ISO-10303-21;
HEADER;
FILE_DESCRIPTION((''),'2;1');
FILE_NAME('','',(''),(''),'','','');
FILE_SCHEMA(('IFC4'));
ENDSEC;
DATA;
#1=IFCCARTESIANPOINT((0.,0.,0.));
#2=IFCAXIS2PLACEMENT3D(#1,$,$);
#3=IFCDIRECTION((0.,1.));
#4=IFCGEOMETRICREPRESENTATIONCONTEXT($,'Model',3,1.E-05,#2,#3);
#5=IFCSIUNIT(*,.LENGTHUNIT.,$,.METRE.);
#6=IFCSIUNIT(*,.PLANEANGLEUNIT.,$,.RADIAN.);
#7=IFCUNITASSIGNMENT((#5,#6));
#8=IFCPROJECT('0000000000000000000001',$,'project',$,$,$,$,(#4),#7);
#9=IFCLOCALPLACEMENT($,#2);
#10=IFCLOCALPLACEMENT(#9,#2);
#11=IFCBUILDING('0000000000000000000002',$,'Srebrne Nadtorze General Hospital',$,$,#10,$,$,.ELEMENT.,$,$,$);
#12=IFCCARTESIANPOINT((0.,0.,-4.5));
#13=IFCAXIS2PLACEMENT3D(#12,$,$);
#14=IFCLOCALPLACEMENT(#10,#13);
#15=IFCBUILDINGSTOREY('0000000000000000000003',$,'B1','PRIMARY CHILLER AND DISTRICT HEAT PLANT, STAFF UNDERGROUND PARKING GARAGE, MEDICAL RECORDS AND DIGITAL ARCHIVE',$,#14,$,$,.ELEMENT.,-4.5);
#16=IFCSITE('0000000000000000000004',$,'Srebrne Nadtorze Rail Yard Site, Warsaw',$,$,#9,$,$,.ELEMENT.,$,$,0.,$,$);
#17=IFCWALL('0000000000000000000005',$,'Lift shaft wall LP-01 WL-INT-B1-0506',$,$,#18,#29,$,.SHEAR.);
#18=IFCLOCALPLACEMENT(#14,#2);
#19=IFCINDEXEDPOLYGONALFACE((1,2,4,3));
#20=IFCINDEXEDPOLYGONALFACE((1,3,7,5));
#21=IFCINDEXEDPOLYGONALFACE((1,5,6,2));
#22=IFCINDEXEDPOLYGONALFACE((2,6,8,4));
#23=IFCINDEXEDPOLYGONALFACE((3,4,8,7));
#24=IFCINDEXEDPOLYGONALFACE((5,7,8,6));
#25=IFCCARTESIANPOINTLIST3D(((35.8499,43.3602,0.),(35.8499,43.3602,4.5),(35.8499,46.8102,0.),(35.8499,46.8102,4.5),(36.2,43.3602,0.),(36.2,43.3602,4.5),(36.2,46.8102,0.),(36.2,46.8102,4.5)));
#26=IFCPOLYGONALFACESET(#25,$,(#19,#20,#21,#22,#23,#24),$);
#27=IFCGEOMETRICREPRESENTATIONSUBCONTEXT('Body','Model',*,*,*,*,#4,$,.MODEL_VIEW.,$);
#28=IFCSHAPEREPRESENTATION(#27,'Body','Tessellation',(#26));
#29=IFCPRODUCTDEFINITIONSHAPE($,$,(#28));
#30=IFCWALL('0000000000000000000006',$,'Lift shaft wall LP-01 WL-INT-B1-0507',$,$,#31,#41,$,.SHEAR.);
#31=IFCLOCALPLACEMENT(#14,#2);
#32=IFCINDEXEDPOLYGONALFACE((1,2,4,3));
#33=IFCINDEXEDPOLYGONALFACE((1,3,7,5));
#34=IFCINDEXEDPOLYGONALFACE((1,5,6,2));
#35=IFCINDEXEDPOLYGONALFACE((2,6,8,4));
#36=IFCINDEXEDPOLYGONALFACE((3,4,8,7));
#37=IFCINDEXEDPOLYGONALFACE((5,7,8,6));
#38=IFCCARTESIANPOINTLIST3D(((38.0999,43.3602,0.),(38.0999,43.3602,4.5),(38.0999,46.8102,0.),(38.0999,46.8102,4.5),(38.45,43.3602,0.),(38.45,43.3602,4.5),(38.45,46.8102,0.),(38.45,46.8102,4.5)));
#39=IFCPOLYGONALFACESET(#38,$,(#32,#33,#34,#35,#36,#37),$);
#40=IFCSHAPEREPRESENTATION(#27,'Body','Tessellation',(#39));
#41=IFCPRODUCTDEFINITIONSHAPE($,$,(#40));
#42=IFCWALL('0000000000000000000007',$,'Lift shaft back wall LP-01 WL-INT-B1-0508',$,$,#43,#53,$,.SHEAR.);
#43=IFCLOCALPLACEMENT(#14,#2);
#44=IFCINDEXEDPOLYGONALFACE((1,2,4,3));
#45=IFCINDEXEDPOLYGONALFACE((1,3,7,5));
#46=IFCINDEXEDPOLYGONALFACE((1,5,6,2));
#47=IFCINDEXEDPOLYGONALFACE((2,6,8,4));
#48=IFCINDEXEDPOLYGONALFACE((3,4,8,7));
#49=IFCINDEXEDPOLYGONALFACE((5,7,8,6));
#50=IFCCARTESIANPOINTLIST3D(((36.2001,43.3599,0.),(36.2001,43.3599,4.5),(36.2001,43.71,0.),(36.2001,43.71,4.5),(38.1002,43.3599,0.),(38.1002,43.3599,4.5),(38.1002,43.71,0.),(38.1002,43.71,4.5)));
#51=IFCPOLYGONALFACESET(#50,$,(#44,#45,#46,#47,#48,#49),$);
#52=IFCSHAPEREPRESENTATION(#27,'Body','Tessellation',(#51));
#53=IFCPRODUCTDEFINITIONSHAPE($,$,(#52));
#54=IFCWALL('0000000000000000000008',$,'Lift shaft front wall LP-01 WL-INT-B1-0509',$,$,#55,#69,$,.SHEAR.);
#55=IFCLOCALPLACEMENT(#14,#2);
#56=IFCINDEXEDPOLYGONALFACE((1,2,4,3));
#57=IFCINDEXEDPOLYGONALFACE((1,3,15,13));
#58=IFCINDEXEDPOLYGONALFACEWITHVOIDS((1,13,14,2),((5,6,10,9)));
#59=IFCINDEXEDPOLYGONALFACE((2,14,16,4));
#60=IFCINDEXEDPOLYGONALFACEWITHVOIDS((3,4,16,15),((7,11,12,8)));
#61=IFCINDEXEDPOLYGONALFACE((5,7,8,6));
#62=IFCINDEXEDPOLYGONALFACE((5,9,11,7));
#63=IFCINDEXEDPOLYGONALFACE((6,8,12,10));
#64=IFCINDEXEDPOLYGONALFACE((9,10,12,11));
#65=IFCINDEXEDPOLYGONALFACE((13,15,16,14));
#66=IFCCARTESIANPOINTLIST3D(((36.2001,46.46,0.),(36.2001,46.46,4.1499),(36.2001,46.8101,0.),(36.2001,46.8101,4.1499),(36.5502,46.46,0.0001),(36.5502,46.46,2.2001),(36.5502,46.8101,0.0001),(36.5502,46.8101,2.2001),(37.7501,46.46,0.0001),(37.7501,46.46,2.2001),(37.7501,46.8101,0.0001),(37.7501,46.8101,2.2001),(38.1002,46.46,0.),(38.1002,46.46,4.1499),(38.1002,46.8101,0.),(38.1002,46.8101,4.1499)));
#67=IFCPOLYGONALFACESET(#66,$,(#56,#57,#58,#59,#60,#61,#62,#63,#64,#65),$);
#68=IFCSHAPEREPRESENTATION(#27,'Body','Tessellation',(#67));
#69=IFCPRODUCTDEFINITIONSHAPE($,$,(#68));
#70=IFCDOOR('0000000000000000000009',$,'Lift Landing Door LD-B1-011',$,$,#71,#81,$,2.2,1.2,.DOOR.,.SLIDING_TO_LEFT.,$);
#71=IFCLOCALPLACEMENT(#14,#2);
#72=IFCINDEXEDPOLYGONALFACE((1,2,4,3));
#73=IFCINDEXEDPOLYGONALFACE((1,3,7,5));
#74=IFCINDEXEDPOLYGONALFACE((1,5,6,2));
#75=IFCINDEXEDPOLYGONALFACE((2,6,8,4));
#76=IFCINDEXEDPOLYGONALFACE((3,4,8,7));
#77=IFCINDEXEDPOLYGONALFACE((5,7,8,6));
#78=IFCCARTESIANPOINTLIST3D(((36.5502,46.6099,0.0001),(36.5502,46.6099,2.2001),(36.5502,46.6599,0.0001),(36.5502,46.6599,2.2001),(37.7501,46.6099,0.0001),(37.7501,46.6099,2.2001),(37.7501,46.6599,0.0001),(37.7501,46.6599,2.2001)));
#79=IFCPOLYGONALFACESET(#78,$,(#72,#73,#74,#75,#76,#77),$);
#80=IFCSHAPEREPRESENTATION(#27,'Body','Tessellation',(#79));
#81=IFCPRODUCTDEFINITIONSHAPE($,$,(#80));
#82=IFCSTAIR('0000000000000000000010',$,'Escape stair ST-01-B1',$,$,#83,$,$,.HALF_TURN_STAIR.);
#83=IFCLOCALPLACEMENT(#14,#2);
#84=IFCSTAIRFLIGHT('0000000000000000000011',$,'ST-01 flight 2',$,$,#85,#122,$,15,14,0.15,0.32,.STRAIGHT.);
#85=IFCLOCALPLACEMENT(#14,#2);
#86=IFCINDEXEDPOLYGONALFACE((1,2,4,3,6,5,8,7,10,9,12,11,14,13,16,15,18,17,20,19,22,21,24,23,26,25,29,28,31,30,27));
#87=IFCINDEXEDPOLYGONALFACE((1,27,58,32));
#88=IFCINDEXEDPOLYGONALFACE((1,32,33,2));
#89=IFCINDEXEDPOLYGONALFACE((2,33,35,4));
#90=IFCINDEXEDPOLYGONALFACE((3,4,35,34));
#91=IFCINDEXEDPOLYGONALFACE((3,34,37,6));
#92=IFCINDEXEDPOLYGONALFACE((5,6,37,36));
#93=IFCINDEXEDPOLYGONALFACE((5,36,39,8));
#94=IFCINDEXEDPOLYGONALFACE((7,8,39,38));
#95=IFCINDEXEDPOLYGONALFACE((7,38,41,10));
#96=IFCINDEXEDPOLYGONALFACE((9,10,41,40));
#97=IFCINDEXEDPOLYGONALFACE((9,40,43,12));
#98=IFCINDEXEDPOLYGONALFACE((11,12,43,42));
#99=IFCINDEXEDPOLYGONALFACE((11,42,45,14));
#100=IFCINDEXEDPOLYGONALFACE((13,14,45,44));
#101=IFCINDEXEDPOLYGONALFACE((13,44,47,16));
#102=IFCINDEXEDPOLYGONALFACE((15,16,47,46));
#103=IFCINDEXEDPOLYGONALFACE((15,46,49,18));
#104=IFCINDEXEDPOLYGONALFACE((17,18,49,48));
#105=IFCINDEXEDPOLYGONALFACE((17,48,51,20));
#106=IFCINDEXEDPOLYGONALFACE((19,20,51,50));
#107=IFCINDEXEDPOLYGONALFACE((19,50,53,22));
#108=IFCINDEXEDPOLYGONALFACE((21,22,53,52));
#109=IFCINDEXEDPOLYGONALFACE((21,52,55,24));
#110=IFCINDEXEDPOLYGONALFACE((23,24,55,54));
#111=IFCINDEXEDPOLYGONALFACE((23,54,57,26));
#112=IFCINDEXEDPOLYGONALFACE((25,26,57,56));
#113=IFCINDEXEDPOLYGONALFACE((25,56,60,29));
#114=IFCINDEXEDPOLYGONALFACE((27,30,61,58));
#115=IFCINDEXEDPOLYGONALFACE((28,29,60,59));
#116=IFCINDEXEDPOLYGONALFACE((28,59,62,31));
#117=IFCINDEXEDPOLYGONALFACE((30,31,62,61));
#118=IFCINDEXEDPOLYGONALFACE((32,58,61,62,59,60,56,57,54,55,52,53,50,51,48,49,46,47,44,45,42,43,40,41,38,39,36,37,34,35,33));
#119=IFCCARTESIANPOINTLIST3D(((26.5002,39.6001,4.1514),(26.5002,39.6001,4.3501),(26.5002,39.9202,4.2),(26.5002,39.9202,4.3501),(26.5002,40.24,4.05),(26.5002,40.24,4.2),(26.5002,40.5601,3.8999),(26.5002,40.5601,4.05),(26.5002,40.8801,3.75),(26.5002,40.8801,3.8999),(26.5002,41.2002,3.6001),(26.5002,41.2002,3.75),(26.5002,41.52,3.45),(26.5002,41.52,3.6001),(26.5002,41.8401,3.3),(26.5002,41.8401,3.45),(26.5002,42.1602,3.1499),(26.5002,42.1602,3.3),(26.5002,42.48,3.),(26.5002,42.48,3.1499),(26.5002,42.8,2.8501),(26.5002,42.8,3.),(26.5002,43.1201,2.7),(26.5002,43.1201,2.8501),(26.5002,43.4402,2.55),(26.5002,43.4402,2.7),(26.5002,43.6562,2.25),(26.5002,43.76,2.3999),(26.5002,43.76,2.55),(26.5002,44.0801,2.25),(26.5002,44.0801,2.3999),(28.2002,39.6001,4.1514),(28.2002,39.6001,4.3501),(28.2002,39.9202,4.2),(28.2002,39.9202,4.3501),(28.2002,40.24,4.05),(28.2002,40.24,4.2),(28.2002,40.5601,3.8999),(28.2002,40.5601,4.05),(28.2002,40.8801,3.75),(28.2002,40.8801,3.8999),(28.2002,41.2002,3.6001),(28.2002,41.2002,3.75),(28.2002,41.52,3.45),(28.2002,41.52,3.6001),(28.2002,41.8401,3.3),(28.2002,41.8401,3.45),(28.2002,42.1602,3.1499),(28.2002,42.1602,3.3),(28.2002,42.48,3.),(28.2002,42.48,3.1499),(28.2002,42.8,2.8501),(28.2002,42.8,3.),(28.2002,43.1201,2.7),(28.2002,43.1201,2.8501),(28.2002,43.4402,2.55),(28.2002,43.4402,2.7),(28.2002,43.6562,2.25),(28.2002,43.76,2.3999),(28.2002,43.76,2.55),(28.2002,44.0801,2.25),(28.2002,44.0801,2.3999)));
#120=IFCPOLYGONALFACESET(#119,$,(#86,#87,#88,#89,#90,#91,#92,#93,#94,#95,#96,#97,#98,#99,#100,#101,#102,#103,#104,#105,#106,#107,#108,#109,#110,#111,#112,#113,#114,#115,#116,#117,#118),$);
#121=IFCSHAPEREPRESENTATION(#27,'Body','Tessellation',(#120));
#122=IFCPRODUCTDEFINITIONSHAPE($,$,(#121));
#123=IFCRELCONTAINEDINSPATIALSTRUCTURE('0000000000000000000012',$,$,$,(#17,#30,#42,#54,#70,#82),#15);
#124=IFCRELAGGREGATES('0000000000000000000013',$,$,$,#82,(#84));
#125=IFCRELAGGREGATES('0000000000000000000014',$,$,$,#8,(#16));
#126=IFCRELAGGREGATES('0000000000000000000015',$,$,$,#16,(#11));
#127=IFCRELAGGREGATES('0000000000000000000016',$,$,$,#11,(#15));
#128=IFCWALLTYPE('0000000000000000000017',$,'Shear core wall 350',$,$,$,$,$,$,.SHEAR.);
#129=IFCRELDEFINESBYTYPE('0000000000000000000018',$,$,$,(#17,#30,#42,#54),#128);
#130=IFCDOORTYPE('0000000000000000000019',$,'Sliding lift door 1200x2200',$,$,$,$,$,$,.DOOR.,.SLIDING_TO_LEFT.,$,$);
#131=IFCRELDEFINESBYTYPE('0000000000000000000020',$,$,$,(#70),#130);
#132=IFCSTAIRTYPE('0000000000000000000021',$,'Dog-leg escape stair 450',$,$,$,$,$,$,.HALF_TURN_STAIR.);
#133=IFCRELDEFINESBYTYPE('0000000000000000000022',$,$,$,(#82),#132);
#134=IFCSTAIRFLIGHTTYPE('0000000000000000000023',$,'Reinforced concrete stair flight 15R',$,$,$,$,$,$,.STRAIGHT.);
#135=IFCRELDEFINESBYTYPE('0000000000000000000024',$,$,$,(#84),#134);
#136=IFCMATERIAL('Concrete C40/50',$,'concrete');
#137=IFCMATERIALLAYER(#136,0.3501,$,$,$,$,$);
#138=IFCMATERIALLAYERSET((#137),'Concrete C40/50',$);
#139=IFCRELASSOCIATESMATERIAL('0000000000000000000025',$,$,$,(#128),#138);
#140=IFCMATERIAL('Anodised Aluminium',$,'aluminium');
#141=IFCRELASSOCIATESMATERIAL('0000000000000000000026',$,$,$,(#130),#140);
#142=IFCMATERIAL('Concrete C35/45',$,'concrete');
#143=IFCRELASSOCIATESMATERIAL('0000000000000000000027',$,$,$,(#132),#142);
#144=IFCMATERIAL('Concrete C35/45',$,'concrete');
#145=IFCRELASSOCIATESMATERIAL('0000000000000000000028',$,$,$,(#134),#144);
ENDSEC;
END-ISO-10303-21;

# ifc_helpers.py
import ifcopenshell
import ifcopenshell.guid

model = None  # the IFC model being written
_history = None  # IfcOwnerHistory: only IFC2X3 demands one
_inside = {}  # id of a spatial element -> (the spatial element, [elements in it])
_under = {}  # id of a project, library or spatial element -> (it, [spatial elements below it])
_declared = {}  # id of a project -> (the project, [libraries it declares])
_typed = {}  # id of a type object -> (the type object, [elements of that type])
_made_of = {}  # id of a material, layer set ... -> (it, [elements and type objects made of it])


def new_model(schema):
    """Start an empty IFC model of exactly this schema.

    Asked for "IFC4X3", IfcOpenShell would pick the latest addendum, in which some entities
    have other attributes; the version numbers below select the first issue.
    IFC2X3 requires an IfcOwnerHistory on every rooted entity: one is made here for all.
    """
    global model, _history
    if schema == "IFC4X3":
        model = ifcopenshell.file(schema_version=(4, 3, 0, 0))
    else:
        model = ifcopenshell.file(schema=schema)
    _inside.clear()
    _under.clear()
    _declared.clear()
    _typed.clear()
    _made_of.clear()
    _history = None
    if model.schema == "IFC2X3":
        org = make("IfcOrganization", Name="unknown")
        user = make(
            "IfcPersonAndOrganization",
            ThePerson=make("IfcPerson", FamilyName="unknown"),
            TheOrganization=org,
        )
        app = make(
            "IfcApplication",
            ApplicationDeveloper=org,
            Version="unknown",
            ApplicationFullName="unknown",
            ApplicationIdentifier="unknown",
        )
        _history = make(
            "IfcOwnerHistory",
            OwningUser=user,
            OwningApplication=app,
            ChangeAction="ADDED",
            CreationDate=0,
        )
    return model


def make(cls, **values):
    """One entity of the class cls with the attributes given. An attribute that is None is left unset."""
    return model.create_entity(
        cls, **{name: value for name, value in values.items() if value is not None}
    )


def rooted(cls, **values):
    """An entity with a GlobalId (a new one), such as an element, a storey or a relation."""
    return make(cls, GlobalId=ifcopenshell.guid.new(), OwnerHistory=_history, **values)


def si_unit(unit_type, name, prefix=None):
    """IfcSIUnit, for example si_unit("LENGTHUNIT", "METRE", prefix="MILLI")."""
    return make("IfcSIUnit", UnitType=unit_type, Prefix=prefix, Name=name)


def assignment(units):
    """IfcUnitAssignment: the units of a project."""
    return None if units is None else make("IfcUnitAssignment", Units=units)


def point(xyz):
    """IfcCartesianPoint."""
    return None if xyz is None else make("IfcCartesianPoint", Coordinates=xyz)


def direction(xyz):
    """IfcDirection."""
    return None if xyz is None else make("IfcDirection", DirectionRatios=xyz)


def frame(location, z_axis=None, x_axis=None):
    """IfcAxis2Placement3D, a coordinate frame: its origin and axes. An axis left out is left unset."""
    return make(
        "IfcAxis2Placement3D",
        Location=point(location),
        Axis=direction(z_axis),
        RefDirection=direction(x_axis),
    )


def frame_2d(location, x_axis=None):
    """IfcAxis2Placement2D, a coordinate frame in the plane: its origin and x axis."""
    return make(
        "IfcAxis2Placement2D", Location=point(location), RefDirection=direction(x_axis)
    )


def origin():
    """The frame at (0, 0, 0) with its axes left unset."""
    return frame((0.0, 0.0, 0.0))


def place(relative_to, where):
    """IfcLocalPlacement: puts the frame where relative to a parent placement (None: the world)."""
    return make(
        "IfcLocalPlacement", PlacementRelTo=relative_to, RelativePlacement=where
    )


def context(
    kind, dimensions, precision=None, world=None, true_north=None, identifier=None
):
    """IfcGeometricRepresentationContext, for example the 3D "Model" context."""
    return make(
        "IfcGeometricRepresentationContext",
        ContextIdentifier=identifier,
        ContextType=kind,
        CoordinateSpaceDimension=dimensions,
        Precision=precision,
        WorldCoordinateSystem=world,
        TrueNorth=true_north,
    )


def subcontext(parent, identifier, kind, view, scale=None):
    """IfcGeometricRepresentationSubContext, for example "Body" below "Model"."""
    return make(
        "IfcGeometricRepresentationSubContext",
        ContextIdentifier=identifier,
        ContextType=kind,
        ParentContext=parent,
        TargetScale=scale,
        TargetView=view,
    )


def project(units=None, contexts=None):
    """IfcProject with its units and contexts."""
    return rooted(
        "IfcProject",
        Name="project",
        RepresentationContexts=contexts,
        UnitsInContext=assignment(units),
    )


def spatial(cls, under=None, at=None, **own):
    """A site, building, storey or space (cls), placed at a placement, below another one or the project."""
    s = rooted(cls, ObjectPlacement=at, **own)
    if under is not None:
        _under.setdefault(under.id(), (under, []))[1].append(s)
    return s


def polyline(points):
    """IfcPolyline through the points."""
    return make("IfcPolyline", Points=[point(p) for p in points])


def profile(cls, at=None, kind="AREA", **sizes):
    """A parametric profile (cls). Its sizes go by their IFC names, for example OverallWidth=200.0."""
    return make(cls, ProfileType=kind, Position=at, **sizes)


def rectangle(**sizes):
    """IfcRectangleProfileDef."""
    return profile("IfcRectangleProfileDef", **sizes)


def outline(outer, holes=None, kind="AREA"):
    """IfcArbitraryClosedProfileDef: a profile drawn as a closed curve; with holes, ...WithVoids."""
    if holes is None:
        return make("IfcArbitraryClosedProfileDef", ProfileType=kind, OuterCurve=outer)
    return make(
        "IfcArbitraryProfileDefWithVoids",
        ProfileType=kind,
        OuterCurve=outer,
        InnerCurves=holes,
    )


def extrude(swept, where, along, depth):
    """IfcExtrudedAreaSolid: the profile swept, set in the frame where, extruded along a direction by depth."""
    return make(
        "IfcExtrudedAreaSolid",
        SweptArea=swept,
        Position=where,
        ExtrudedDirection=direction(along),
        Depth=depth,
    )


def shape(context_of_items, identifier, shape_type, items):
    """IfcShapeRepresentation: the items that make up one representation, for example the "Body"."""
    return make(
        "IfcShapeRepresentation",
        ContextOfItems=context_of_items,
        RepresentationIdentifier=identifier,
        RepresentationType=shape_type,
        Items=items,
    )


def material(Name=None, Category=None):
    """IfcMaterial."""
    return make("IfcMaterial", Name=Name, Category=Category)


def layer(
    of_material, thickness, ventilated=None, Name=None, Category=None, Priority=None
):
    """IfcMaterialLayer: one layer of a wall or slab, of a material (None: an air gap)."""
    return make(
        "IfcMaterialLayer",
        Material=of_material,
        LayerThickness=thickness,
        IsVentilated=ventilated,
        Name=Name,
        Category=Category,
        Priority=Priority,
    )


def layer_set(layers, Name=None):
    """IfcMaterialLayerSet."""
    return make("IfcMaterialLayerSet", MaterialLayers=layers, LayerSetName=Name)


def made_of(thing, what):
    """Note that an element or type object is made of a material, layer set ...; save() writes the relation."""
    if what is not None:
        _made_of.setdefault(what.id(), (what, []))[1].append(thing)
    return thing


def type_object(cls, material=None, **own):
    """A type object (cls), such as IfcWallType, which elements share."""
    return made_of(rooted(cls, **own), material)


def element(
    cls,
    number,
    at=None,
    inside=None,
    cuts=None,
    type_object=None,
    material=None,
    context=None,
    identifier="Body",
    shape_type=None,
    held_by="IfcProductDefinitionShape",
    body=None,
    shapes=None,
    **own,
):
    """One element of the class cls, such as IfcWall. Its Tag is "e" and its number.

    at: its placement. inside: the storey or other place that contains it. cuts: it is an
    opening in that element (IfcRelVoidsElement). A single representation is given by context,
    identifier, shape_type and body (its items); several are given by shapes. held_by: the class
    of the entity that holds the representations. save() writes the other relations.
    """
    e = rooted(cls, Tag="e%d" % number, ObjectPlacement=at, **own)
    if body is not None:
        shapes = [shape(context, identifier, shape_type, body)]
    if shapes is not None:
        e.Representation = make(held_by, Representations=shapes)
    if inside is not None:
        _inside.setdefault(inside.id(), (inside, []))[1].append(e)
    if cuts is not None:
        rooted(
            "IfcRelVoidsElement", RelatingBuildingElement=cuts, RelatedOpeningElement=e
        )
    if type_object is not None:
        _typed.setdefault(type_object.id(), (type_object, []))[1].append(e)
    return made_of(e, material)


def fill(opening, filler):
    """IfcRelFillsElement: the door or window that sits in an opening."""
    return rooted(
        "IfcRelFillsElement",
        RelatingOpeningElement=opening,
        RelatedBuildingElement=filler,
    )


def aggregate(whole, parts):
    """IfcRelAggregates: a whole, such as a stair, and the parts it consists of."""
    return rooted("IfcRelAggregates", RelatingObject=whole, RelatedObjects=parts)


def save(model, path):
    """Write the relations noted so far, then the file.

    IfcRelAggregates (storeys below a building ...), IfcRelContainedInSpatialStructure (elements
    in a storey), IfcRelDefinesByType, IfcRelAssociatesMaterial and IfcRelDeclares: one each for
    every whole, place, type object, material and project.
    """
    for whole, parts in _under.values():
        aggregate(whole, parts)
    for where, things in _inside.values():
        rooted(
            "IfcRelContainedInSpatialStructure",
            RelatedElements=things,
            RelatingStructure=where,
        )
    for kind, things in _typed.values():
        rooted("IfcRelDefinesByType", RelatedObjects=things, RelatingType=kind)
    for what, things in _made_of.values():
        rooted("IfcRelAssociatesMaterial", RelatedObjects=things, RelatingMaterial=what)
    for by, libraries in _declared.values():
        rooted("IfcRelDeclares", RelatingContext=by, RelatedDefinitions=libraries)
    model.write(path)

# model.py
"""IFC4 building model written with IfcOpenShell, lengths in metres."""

from ifc_helpers import new_model, si_unit, direction, frame, frame_2d, origin, place, context, subcontext, project, spatial, polyline, rectangle, outline, extrude, material, layer, layer_set, type_object, element, fill, aggregate, save


model = new_model("IFC4")

# Units and contexts
model_context = context("Model", 3, precision=1e-05, world=origin(), true_north=direction((0.0, 1.0)))
body_context = subcontext(model_context, "Body", "Model", "MODEL_VIEW")
ifc_project = project(units=[si_unit("LENGTHUNIT", "METRE"), si_unit("PLANEANGLEUNIT", "RADIAN")], contexts=[model_context])

# Site, building, storey
site_placement = place(None, origin())
site = spatial("IfcSite", under=ifc_project, at=site_placement, Name="Srebrne Nadtorze Rail Yard Site, Warsaw", CompositionType="ELEMENT", RefElevation=0.0)
building_placement = place(site_placement, origin())
building = spatial("IfcBuilding", under=site, at=building_placement, Name="Srebrne Nadtorze General Hospital", CompositionType="ELEMENT")
storey_placement = place(building_placement, frame((0.0, 0.0, -4.5)))
storey = spatial("IfcBuildingStorey", under=building, at=storey_placement, Name="B1", Description="PRIMARY CHILLER AND DISTRICT HEAT PLANT, STAFF UNDERGROUND PARKING GARAGE, MEDICAL RECORDS AND DIGITAL ARCHIVE", CompositionType="ELEMENT", Elevation=-4.5)

# Shared definitions
ifc_material_1 = material(Name="Concrete C40/50", Category="concrete")
ifc_layer_1 = layer(ifc_material_1, 0.3501)
ifc_layer_set_1 = layer_set([ifc_layer_1], Name="Concrete C40/50")
wall_type_1 = type_object("IfcWallType", Name="Shear core wall 350", PredefinedType="SHEAR", material=ifc_layer_set_1)

# Walls
for number, where, z_axis, x_axis, name in (
    (1, (36.0249, 43.3601, 0.0), (0.0, 0.0, 1.0), (0.0, 1.0, 0.0), "Lift shaft wall LP-01 WL-INT-B1-0506"),
    (2, (38.2749, 43.3601, 0.0), (0.0, 0.0, 1.0), (0.0, 1.0, 0.0), "Lift shaft wall LP-01 WL-INT-B1-0507"),
):
    element("IfcWall", number, at=place(storey_placement, frame(where, z_axis=z_axis, x_axis=x_axis)), inside=storey, type_object=wall_type_1, Name=name, PredefinedType="SHEAR", context=body_context, shape_type="SweptSolid", body=[
        extrude(rectangle(XDim=3.45, YDim=0.3501, at=frame_2d((1.7251, 0.0))), origin(), (0.0, 0.0, 1.0), 4.5),
    ])
wall_1_placement = place(storey_placement, frame((36.2, 43.5349, 0.0), z_axis=(0.0, 0.0, 1.0), x_axis=(1.0, 0.0, 0.0)))
element("IfcWall", 3, at=wall_1_placement, inside=storey, type_object=wall_type_1, Name="Lift shaft back wall LP-01 WL-INT-B1-0508", PredefinedType="SHEAR", context=body_context, shape_type="SweptSolid", body=[
    extrude(rectangle(XDim=1.9001, YDim=0.3501, at=frame_2d((0.9502, 0.0))), origin(), (0.0, 0.0, 1.0), 4.5),
])

# Wall, opening, door
wall_2_placement = place(storey_placement, frame((36.2, 46.635, 0.0), z_axis=(0.0, 0.0, 1.0), x_axis=(1.0, 0.0, 0.0)))
wall_2 = element("IfcWall", 4, at=wall_2_placement, inside=storey, type_object=wall_type_1, Name="Lift shaft front wall LP-01 WL-INT-B1-0509", PredefinedType="SHEAR", context=body_context, shape_type="SweptSolid", body=[
    extrude(rectangle(XDim=1.9001, YDim=0.3501, at=frame_2d((0.9502, 0.0))), origin(), (0.0, 0.0, 1.0), 4.1499),
])
opening_1_placement = place(wall_2_placement, frame((0.3501, 0.0, 0.0)))
opening_1 = element("IfcOpeningElement", 5, at=opening_1_placement, cuts=wall_2, PredefinedType="OPENING", context=body_context, shape_type="SweptSolid", body=[
    extrude(rectangle(XDim=1.2, YDim=2.2, at=frame_2d((0.6001, 1.1001))), frame((0.0, 0.187, 0.0), z_axis=(0.0, -1.0, 0.0), x_axis=(1.0, 0.0, 0.0)), (0.0, 0.0, 1.0), 0.374),
])
ifc_material_2 = material(Name="Anodised Aluminium", Category="aluminium")
door_type_1 = type_object("IfcDoorType", Name="Sliding lift door 1200x2200", OperationType="SLIDING_TO_LEFT", PredefinedType="DOOR", material=ifc_material_2)
door_1_placement = place(opening_1_placement, origin())
door_1 = element("IfcDoor", 6, at=door_1_placement, inside=storey, type_object=door_type_1, Name="Lift Landing Door LD-B1-011", OperationType="SLIDING_TO_LEFT", OverallHeight=2.2, OverallWidth=1.2, PredefinedType="DOOR", context=body_context, shape_type="SweptSolid", body=[
    extrude(rectangle(XDim=1.2, YDim=2.2, at=frame_2d((0.6001, 1.1001))), frame((0.0, 0.0249, 0.0), z_axis=(0.0, -1.0, 0.0), x_axis=(1.0, 0.0, 0.0)), (0.0, 0.0, 1.0), 0.05),
])
fill(opening_1, door_1)

# Stair, stair flight
ifc_material_3 = material(Name="Concrete C35/45", Category="concrete")
stair_type = type_object("IfcStairType", Name="Dog-leg escape stair 450", PredefinedType="HALF_TURN_STAIR", material=ifc_material_3)
stair_placement = place(storey_placement, origin())
stair = element("IfcStair", 7, at=stair_placement, inside=storey, type_object=stair_type, Name="Escape stair ST-01-B1", PredefinedType="HALF_TURN_STAIR")
ifc_material_4 = material(Name="Concrete C35/45", Category="concrete")
stair_flight_type = type_object("IfcStairFlightType", Name="Reinforced concrete stair flight 15R", PredefinedType="STRAIGHT", material=ifc_material_4)
stair_flight_placement = place(storey_placement, frame((27.3501, 44.0801, 2.25), z_axis=(0.0, 0.0, 1.0), x_axis=(0.0, -1.0, 0.0)))
stair_flight = element("IfcStairFlight", 8, at=stair_flight_placement, type_object=stair_flight_type, Name="ST-01 flight 2", NumberOfRisers=15, NumberOfTreads=14, PredefinedType="STRAIGHT", RiserHeight=0.15, TreadLength=0.32, context=body_context, shape_type="SweptSolid", body=[
    extrude(outline(polyline([(0.0, 0.0), (0.0, 0.1499), (0.3201, 0.1499), (0.3201, 0.3), (0.6399, 0.3), (0.6399, 0.45), (0.96, 0.45), (0.96, 0.6001), (1.28, 0.6001), (1.28, 0.75), (1.6001, 0.75), (1.6001, 0.8999), (1.9199, 0.8999), (1.9199, 1.05), (2.24, 1.05), (2.24, 1.2), (2.5601, 1.2), (2.5601, 1.3501), (2.8799, 1.3501), (2.8799, 1.5), (3.2, 1.5), (3.2, 1.6499), (3.52, 1.6499), (3.52, 1.8), (3.8401, 1.8), (3.8401, 1.95), (4.1599, 1.95), (4.1599, 2.1001), (4.48, 2.1001), (4.48, 2.25), (4.48, 1.9014), (0.4238, 0.0), (0.0, 0.0)])), frame((0.0, 0.8501, 0.0), z_axis=(0.0, -1.0, 0.0), x_axis=(1.0, 0.0, 0.0)), (0.0, 0.0, 1.0), 1.7),
])
aggregate(stair, [stair_flight])

save(model, "model.ifc")
